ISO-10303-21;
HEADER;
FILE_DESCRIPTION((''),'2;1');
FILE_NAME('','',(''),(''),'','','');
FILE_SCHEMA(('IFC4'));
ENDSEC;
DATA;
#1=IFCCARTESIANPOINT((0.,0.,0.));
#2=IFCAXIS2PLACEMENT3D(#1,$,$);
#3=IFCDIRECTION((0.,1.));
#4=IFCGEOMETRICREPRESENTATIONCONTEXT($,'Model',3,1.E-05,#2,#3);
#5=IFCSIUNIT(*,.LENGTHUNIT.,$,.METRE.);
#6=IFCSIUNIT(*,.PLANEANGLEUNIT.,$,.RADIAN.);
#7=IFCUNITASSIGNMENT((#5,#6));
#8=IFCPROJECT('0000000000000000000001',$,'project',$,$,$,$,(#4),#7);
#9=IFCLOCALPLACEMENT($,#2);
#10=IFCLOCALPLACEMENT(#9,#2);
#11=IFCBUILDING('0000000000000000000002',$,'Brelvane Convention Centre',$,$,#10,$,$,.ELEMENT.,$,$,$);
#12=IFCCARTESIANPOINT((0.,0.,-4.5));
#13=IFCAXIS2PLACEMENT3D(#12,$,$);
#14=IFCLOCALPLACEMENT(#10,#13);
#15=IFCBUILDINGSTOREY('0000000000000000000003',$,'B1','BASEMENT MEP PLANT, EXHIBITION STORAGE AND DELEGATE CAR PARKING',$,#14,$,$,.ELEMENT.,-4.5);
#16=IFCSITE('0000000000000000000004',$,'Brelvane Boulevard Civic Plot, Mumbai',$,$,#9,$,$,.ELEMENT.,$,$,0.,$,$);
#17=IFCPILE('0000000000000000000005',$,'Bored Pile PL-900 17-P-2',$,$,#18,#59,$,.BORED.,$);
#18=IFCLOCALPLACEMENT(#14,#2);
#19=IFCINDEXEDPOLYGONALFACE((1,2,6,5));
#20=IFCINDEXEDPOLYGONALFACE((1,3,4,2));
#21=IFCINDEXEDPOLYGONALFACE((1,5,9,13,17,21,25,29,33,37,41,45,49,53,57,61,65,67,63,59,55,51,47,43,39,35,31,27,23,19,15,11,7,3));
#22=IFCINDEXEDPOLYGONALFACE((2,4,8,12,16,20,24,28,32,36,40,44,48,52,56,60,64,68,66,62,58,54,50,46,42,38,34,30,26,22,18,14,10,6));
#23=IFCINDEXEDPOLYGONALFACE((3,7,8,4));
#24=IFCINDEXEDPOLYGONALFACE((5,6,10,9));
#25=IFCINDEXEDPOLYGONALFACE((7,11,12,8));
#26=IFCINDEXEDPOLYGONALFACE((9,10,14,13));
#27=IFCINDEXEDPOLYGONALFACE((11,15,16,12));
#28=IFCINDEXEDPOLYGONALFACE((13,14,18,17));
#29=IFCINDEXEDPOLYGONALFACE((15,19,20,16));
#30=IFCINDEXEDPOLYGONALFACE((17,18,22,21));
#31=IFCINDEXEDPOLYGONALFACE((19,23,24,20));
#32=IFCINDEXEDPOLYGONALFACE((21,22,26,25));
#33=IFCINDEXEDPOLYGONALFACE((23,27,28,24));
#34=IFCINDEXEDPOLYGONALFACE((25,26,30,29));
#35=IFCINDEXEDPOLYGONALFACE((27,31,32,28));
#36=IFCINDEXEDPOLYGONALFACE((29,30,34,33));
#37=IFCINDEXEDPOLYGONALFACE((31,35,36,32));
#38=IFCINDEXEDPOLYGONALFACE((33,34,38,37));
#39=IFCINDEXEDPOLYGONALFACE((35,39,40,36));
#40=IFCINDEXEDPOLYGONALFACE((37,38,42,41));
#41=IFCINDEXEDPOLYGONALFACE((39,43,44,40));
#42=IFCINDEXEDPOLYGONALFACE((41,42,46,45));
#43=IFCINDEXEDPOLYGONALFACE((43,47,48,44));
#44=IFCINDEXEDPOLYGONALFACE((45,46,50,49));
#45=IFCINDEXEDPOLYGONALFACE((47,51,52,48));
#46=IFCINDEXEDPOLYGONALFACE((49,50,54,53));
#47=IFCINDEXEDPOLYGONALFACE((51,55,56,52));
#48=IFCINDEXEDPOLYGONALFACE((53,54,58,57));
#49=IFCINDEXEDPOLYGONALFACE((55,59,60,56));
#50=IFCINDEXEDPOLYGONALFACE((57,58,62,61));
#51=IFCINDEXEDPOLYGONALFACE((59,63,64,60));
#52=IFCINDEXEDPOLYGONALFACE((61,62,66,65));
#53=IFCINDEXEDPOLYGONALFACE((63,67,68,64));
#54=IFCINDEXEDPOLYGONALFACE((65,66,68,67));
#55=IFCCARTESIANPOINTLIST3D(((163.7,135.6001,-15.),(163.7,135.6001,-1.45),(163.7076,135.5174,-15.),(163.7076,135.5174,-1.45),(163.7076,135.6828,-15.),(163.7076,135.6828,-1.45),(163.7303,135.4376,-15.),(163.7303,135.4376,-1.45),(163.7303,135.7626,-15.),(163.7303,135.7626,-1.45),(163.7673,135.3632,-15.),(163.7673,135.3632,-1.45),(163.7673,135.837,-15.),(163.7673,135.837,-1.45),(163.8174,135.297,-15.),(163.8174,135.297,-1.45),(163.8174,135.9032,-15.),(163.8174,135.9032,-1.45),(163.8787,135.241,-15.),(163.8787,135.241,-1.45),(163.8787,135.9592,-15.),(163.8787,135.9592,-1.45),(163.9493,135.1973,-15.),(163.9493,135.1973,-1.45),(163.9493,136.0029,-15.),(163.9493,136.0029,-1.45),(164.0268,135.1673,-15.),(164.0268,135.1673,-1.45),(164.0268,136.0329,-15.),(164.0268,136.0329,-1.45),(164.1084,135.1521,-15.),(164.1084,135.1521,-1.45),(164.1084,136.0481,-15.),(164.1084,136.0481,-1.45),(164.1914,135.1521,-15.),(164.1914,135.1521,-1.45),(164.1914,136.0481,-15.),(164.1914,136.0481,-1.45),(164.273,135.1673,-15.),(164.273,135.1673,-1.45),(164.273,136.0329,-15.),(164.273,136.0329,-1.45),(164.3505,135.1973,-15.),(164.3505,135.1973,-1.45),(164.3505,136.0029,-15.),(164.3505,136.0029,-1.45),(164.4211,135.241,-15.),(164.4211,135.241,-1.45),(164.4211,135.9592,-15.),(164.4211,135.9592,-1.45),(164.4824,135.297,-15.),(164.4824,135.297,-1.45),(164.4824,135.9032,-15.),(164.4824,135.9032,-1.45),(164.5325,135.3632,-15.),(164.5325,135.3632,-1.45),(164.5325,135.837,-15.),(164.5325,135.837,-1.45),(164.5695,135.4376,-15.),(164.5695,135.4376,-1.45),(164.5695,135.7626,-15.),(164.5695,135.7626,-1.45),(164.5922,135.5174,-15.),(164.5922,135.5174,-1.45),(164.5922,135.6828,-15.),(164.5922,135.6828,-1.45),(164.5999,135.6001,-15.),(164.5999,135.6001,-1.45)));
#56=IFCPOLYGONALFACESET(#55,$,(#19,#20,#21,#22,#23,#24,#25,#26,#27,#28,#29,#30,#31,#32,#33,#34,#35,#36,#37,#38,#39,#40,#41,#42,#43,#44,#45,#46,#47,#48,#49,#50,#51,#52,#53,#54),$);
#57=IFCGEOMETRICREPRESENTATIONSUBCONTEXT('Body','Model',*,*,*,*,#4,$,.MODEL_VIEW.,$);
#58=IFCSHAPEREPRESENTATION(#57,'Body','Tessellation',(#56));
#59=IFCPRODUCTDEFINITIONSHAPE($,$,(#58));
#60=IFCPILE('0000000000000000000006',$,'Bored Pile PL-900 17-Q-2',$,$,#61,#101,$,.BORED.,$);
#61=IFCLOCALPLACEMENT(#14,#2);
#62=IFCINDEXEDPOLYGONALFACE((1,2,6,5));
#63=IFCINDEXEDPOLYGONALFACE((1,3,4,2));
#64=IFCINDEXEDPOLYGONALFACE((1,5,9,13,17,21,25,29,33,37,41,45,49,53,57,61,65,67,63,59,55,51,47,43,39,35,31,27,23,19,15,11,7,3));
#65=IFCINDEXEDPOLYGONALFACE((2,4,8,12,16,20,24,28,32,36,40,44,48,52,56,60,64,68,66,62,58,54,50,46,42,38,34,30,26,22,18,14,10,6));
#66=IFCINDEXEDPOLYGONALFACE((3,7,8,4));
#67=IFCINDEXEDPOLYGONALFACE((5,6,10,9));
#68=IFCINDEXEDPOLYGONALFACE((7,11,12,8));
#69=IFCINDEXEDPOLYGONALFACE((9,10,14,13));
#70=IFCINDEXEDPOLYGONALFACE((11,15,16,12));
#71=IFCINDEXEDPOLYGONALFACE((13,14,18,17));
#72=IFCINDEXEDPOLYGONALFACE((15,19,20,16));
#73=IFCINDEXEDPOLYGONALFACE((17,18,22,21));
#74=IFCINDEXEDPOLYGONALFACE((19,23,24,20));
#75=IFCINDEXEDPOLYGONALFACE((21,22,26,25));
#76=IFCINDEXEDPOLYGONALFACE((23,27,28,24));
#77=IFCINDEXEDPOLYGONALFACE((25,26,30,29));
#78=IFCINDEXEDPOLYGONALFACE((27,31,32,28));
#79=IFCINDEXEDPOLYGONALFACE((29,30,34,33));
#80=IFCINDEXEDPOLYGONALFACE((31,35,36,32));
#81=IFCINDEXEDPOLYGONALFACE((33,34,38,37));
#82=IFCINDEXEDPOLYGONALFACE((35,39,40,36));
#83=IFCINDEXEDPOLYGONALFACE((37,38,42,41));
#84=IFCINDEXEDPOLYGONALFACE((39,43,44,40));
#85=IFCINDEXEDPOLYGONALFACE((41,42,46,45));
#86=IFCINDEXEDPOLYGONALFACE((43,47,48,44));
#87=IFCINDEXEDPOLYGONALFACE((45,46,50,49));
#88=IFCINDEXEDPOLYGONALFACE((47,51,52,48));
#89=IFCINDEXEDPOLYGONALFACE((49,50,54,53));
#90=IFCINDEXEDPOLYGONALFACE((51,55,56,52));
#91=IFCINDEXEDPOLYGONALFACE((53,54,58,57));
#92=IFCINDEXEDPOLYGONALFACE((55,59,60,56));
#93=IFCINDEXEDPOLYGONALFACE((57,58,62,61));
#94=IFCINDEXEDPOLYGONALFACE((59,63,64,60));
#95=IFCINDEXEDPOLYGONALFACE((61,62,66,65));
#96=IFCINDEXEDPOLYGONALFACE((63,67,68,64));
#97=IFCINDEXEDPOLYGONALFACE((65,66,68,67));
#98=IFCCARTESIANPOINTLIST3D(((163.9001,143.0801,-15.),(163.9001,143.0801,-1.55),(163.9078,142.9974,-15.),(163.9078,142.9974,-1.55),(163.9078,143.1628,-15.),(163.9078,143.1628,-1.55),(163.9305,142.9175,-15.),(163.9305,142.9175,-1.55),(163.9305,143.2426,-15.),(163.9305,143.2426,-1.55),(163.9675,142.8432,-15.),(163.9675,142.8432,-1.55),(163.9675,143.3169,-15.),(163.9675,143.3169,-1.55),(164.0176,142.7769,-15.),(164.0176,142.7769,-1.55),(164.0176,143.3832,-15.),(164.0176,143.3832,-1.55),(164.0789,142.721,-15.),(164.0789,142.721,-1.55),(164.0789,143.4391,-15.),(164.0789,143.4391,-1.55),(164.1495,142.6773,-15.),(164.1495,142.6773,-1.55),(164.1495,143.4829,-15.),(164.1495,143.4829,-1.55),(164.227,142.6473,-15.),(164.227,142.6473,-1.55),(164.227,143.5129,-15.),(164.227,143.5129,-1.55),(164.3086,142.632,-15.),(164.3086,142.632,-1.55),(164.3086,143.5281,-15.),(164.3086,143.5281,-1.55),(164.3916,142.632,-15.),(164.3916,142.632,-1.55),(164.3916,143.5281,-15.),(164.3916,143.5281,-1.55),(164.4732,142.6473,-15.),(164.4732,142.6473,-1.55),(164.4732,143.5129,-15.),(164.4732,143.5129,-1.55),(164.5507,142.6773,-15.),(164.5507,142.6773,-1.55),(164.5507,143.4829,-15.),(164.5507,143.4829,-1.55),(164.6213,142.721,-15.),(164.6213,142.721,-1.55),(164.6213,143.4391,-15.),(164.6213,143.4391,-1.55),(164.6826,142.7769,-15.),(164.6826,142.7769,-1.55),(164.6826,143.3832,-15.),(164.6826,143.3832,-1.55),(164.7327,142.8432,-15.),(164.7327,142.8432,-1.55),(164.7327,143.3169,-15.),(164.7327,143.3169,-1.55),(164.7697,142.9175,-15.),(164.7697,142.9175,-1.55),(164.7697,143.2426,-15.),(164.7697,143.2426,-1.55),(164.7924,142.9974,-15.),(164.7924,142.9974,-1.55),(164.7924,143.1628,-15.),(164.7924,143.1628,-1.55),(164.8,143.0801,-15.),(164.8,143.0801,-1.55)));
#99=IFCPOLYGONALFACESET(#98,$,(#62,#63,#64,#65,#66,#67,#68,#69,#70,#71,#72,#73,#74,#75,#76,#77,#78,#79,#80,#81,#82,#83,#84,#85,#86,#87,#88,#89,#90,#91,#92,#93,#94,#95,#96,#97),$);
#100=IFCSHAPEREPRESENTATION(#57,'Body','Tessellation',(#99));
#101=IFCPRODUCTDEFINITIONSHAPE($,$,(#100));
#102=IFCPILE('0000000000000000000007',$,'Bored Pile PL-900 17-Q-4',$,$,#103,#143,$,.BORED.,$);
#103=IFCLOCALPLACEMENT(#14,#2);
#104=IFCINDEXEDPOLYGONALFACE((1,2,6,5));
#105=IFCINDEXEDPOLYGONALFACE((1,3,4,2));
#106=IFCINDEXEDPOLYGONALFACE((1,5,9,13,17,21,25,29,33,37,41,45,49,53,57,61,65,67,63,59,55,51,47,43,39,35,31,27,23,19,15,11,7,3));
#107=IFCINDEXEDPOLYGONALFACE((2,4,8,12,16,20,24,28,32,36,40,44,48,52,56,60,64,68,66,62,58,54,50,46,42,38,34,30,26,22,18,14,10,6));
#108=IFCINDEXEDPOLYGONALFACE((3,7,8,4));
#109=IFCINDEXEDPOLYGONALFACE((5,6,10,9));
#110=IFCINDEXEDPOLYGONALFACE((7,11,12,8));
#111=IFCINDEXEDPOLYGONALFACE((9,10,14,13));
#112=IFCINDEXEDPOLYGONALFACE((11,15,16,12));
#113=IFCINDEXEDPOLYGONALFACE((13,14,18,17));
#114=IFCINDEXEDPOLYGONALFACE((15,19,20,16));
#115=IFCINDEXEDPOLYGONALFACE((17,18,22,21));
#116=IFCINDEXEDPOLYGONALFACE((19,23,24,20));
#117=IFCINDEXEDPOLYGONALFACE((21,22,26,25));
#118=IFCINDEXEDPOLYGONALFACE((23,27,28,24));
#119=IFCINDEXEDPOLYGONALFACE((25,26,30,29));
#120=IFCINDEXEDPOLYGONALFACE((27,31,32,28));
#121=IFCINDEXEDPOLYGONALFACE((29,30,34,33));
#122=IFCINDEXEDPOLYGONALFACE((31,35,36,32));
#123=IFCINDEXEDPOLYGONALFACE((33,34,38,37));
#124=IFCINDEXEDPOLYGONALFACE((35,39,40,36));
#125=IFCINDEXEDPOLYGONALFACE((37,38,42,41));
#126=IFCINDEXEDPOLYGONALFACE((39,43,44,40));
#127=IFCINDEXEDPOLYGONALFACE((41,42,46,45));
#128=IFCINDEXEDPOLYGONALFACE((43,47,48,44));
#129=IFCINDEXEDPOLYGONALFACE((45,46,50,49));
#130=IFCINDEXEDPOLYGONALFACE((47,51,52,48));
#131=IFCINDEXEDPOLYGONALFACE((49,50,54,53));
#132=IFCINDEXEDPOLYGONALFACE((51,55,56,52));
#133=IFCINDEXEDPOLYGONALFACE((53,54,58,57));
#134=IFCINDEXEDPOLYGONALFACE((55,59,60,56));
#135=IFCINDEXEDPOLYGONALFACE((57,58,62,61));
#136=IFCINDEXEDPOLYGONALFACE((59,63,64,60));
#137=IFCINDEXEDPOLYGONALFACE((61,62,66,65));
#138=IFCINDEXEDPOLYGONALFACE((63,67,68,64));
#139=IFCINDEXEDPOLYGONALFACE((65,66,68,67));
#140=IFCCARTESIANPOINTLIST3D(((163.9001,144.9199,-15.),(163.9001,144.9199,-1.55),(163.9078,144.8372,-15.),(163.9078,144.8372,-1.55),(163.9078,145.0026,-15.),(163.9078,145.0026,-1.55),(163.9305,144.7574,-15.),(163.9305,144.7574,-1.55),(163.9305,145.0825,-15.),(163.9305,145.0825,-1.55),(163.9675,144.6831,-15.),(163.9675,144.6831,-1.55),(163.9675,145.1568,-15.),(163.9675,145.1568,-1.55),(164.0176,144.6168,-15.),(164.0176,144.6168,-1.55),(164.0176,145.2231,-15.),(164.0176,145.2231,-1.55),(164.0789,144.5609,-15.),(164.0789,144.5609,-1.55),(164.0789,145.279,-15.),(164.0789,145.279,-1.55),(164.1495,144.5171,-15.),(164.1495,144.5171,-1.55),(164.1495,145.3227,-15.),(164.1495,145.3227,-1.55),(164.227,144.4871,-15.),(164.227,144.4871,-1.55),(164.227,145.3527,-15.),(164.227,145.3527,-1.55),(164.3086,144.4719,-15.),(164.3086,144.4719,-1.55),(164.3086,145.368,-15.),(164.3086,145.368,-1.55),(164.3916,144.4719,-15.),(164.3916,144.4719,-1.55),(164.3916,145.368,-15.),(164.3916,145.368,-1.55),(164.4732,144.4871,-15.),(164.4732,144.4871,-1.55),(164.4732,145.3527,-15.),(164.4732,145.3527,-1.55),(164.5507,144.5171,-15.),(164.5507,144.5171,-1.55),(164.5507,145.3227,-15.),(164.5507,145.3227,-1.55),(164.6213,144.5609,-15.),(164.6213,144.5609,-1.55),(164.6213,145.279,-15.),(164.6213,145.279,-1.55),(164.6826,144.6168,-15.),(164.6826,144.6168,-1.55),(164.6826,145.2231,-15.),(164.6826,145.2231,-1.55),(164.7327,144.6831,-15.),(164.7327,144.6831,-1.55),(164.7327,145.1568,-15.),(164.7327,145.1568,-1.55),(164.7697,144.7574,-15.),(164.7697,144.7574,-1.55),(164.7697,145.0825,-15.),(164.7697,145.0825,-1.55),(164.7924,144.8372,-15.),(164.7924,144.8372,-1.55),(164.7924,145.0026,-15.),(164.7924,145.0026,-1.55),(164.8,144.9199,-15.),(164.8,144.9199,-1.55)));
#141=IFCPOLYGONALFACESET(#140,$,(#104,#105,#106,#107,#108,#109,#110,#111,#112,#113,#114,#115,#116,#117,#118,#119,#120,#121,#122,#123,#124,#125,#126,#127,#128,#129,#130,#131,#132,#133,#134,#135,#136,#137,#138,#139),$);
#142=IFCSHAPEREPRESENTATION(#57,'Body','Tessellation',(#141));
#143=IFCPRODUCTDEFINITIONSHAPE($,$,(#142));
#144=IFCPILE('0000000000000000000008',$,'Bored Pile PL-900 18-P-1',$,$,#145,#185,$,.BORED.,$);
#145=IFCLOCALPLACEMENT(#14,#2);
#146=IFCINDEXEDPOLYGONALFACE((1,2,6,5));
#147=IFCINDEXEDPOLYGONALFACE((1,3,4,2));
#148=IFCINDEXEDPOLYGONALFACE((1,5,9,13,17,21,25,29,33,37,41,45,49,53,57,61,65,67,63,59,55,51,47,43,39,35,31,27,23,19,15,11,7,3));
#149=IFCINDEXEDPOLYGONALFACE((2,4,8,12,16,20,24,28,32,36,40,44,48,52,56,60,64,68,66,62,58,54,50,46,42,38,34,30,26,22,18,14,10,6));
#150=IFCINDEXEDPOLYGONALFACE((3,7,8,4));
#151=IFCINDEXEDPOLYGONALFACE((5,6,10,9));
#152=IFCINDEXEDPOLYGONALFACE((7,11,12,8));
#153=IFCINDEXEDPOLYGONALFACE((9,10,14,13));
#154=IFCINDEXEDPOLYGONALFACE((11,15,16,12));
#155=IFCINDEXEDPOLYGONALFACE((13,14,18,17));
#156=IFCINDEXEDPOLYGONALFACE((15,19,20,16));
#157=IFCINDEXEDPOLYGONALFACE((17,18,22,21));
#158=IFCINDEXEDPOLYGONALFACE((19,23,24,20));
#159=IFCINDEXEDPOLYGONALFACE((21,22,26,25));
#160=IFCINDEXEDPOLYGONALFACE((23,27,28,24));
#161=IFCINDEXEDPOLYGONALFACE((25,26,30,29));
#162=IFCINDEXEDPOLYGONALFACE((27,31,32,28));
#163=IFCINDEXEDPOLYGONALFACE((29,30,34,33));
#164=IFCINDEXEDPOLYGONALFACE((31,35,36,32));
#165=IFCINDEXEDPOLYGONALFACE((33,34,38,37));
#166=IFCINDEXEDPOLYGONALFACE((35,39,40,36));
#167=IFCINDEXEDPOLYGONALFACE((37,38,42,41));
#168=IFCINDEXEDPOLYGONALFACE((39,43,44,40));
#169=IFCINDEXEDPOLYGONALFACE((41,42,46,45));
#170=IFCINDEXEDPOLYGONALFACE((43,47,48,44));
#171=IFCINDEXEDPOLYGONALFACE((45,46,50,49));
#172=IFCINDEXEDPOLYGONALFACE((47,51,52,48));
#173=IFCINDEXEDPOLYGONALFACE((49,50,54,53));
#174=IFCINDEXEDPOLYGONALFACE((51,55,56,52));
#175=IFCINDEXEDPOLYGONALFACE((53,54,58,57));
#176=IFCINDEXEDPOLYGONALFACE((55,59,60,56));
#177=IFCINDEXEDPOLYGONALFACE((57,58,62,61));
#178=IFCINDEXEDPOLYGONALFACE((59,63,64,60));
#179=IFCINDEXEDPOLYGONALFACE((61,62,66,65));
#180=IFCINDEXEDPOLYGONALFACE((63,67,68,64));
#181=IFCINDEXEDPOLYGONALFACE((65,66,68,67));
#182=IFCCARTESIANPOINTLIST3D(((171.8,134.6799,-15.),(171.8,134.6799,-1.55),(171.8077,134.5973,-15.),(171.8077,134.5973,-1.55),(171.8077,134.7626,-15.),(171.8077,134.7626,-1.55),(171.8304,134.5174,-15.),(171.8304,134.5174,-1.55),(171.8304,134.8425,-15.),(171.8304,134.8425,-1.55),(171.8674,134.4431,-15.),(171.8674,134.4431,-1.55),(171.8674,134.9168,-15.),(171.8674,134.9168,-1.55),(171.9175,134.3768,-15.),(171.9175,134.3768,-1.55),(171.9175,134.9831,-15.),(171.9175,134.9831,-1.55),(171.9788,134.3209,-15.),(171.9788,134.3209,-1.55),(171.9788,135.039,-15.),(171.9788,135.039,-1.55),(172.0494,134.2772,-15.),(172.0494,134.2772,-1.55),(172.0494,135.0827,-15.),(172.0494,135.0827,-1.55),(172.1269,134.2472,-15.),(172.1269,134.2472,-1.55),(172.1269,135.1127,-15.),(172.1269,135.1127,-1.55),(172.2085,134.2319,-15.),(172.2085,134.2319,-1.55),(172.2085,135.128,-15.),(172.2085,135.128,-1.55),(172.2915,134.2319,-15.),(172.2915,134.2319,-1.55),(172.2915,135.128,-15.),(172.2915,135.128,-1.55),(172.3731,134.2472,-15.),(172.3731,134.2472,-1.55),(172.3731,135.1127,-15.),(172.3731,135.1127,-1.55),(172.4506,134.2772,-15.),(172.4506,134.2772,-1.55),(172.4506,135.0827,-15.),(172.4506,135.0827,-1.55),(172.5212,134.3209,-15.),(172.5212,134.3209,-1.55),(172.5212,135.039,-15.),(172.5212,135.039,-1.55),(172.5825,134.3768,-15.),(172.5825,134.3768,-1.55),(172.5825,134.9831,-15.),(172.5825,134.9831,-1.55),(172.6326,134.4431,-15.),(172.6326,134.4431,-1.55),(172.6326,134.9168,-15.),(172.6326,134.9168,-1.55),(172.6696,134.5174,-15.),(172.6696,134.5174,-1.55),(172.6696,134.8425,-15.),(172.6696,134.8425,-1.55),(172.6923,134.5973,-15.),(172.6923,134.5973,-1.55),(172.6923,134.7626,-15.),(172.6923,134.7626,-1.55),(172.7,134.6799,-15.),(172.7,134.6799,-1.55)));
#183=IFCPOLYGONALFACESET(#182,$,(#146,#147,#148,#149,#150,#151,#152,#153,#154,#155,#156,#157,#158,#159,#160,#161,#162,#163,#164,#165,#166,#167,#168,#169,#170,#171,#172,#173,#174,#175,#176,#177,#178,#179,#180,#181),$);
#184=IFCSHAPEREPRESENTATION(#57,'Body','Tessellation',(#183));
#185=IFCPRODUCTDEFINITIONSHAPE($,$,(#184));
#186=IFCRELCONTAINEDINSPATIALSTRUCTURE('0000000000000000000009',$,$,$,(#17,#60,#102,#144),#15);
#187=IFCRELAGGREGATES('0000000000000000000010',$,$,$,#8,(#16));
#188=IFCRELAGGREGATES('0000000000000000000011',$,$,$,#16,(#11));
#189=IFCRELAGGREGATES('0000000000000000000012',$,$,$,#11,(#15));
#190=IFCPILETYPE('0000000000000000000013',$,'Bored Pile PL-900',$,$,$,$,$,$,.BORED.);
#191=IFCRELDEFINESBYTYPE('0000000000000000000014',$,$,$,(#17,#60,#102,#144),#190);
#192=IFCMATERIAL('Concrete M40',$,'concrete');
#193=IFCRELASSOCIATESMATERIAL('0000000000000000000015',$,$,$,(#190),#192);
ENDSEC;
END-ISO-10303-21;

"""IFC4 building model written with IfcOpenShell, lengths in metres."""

from ifc_helpers import new_model, si_unit, direction, frame, origin, origin_2d, place, context, subcontext, project, spatial, circle, extrude, material, material_profile, profile_set, type_object, element, save


model = new_model("IFC4")

# Units and contexts
model_context = context("Model", 3, precision=1e-05, world=origin(), true_north=direction((0.0, 1.0)))
body_context = subcontext(model_context, "Body", "Model", "MODEL_VIEW")
ifc_project = project(units=[si_unit("LENGTHUNIT", "METRE"), si_unit("PLANEANGLEUNIT", "RADIAN")], contexts=[model_context])

# Site, building, storey
site_placement = place(None, origin())
site = spatial("IfcSite", under=ifc_project, at=site_placement, Name="Brelvane Boulevard Civic Plot, Mumbai", CompositionType="ELEMENT", RefElevation=0.0)
building_placement = place(site_placement, origin())
building = spatial("IfcBuilding", under=site, at=building_placement, Name="Brelvane Convention Centre", CompositionType="ELEMENT")
storey_placement = place(building_placement, frame((0.0, 0.0, -4.5)))
storey = spatial("IfcBuildingStorey", under=building, at=storey_placement, Name="B1", Description="BASEMENT MEP PLANT, EXHIBITION STORAGE AND DELEGATE CAR PARKING", CompositionType="ELEMENT", Elevation=-4.5)

# Piles
ifc_material_1 = material(Name="Concrete M40", Category="concrete")
ifc_material_profile_1 = material_profile(ifc_material_1, circle(Radius=0.45, at=origin_2d()), Name="PILE D900")
ifc_profile_set_1 = profile_set([ifc_material_profile_1], Name="Concrete M40")
pile_type = type_object("IfcPileType", Name="Bored Pile PL-900", PredefinedType="BORED", material=ifc_profile_set_1)
pile_1_placement = place(storey_placement, frame((164.1499, 135.6001, -1.45), z_axis=(0.0, 0.0, -1.0), x_axis=(1.0, 0.0, 0.0)))
element("IfcPile", 1, at=pile_1_placement, inside=storey, type_object=pile_type, Name="Bored Pile PL-900 17-P-2", PredefinedType="BORED", context=body_context, shape_type="SweptSolid", body=[
    extrude(circle(Radius=0.45, at=origin_2d()), origin(), (0.0, 0.0, 1.0), 13.55),
])
for number, where, z_axis, x_axis, name in (
    (2, (164.3501, 143.0801, -1.55), (0.0, 0.0, -1.0), (1.0, 0.0, 0.0), "Bored Pile PL-900 17-Q-2"),
    (3, (164.3501, 144.9199, -1.55), (0.0, 0.0, -1.0), (1.0, 0.0, 0.0), "Bored Pile PL-900 17-Q-4"),
    (4, (172.25, 134.6799, -1.55), (0.0, 0.0, -1.0), (1.0, 0.0, 0.0), "Bored Pile PL-900 18-P-1"),
):
    element("IfcPile", number, at=place(storey_placement, frame(where, z_axis=z_axis, x_axis=x_axis)), inside=storey, type_object=pile_type, Name=name, PredefinedType="BORED", context=body_context, shape_type="SweptSolid", body=[
        extrude(circle(Radius=0.45, at=origin_2d()), origin(), (0.0, 0.0, 1.0), 13.45),
    ])

save(model, "model.ifc")
